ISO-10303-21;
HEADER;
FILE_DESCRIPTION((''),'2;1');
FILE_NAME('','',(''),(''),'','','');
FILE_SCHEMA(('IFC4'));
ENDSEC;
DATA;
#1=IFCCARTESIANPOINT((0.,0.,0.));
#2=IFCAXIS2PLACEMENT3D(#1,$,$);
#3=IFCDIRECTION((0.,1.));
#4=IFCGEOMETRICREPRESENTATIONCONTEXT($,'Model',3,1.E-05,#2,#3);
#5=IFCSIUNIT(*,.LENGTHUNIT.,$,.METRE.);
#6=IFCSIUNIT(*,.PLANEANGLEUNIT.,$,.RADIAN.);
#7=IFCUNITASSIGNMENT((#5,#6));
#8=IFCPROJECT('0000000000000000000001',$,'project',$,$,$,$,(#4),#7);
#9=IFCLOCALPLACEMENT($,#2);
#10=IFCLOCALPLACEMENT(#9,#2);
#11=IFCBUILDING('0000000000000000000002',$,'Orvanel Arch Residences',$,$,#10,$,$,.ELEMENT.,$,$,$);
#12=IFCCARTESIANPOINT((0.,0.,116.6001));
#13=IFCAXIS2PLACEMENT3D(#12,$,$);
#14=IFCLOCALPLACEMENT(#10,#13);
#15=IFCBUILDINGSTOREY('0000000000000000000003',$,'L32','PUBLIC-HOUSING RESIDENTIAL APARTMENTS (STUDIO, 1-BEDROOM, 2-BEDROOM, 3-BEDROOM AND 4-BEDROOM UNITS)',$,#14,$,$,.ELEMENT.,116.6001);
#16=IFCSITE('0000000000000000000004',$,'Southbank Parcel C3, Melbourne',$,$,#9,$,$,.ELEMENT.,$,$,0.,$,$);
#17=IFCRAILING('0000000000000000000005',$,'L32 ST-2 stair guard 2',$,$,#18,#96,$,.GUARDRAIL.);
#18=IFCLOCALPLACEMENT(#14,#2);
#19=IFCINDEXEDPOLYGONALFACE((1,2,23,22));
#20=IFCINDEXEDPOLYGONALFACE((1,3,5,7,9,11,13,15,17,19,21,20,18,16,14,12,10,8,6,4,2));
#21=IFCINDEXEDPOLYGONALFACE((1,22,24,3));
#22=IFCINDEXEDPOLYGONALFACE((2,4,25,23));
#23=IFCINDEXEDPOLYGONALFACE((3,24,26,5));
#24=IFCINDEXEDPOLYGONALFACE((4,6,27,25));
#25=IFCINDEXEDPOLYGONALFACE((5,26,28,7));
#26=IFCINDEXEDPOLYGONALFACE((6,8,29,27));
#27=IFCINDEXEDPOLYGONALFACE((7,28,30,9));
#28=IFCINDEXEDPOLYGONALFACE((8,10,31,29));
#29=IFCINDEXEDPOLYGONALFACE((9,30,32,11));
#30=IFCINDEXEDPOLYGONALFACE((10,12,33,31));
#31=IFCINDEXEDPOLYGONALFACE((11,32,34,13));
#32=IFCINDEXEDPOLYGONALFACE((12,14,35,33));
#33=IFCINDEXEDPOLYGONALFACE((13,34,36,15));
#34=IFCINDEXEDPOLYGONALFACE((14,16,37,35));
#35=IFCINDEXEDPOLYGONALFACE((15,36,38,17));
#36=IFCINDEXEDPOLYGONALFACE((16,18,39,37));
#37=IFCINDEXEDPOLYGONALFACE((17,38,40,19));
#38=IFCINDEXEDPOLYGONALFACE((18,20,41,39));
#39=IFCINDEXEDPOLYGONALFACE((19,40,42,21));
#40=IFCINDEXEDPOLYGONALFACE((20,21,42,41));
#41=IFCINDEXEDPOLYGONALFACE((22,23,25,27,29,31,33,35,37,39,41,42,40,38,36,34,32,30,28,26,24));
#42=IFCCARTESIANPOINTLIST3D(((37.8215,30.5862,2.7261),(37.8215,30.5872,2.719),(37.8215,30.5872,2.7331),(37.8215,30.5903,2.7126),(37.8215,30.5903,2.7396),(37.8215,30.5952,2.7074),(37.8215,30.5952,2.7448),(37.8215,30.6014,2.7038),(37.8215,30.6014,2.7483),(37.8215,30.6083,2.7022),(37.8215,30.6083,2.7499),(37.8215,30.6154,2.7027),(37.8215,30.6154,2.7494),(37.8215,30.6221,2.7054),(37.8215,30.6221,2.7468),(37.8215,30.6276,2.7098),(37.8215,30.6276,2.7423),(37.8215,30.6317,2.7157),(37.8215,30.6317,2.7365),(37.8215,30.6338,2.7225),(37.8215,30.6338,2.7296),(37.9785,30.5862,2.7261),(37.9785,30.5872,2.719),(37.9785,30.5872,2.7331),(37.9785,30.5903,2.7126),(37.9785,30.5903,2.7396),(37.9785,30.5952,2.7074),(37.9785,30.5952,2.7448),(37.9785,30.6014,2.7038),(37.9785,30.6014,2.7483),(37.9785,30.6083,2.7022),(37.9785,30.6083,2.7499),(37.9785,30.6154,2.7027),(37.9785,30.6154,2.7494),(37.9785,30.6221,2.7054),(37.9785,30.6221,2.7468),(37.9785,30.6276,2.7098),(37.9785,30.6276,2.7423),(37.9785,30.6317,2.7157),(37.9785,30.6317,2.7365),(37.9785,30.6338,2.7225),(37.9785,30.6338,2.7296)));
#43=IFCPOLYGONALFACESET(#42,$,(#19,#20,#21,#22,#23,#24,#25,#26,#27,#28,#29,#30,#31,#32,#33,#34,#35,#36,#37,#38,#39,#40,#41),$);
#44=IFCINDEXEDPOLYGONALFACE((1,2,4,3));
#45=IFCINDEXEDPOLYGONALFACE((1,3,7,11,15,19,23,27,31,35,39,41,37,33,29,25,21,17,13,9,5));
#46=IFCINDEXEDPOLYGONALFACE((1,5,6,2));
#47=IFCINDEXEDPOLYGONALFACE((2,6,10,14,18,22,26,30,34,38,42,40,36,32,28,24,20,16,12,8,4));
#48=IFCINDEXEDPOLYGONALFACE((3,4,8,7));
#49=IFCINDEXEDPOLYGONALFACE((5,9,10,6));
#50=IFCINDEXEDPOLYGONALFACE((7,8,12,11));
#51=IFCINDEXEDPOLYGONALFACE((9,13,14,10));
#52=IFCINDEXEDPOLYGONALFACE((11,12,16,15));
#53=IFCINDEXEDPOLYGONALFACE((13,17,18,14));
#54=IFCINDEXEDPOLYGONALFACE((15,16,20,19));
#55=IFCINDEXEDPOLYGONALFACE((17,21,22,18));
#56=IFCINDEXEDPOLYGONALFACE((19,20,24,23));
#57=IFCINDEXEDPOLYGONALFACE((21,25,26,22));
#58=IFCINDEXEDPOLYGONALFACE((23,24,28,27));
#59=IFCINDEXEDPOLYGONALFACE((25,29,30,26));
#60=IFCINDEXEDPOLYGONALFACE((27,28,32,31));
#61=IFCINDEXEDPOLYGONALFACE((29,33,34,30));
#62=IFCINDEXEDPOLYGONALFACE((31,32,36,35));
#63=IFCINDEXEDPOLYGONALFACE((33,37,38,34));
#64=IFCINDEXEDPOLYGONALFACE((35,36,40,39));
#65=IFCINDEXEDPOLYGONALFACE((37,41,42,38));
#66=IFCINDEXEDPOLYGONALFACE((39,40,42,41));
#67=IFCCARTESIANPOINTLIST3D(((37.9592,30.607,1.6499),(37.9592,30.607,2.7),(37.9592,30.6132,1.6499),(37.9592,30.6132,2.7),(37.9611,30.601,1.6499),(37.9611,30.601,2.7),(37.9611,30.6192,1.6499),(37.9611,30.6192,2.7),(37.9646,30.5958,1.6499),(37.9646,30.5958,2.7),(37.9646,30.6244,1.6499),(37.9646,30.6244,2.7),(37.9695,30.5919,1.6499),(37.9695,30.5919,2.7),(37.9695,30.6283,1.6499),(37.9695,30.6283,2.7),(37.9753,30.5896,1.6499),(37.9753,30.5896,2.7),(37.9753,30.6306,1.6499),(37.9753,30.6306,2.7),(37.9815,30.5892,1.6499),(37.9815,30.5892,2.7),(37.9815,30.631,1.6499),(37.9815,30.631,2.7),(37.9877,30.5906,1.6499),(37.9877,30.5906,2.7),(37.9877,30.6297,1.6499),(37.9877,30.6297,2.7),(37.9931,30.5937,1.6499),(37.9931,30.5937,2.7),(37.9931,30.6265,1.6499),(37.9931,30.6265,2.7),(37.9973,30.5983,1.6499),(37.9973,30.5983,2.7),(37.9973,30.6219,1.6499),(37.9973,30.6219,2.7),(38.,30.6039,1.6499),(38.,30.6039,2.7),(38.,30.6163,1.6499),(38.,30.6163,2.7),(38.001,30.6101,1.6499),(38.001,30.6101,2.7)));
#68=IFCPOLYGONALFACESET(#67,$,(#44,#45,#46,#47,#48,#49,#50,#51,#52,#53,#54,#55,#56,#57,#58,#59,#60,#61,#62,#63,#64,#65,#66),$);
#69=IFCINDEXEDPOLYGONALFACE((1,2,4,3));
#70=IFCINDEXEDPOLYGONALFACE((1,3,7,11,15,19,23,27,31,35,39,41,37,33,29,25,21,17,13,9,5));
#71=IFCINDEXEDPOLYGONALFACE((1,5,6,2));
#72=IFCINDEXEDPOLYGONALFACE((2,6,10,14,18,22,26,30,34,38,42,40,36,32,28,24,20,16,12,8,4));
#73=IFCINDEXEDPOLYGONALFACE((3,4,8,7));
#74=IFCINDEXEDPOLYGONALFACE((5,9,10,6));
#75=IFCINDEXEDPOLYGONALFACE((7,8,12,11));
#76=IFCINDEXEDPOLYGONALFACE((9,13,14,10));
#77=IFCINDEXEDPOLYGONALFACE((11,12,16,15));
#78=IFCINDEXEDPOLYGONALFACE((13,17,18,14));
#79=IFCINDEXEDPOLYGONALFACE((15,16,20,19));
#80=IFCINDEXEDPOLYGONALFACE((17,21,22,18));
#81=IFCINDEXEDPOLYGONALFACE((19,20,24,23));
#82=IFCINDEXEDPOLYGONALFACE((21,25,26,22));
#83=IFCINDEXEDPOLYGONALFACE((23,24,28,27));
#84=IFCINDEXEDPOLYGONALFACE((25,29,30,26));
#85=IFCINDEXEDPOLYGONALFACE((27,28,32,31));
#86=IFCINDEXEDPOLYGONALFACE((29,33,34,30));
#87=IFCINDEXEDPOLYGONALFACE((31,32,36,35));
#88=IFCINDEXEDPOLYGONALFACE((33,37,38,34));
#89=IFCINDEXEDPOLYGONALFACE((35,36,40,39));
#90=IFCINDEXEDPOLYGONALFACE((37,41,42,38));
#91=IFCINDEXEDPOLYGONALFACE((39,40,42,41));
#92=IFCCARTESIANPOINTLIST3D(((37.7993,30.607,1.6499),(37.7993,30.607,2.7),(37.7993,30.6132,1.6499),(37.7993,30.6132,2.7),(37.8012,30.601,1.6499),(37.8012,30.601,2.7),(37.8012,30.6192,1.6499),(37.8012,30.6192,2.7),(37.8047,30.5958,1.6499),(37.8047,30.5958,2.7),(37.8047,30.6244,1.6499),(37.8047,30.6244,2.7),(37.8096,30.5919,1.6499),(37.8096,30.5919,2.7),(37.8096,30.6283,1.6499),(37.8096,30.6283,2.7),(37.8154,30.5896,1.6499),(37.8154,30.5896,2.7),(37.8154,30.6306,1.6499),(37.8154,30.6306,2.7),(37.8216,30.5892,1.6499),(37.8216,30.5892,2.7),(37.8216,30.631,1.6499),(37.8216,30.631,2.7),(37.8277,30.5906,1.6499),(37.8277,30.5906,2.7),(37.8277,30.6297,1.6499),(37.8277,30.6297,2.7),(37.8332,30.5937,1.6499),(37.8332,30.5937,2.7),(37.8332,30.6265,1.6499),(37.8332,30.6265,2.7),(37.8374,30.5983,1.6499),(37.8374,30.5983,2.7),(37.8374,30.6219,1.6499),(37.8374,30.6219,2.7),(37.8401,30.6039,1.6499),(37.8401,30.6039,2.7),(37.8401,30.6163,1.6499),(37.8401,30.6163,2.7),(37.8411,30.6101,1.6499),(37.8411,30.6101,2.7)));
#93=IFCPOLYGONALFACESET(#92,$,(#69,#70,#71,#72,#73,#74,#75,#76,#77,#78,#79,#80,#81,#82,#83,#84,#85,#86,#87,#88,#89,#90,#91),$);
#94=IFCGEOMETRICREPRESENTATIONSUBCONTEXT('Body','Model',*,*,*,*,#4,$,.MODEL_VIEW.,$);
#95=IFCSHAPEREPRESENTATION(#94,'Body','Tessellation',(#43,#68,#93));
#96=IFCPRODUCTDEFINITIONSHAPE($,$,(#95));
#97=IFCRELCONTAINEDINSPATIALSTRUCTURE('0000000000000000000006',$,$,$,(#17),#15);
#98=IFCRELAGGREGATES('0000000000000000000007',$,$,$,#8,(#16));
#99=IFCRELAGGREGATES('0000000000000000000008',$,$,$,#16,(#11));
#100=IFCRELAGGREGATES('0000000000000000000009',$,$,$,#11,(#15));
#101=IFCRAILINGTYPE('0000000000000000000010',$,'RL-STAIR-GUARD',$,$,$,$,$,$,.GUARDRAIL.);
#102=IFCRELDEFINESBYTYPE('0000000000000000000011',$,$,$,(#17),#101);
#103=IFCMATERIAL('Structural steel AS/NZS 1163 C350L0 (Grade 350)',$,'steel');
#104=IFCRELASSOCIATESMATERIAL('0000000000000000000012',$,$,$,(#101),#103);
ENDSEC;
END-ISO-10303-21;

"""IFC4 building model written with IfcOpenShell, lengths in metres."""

from ifc_helpers import new_model, si_unit, direction, frame, origin, origin_2d, place, context, subcontext, project, spatial, circle, extrude, material, type_object, element, save


model = new_model("IFC4")

# Units and contexts
model_context = context("Model", 3, precision=1e-05, world=origin(), true_north=direction((0.0, 1.0)))
body_context = subcontext(model_context, "Body", "Model", "MODEL_VIEW")
ifc_project = project(units=[si_unit("LENGTHUNIT", "METRE"), si_unit("PLANEANGLEUNIT", "RADIAN")], contexts=[model_context])

# Site, building, storey
site_placement = place(None, origin())
site = spatial("IfcSite", under=ifc_project, at=site_placement, Name="Southbank Parcel C3, Melbourne", CompositionType="ELEMENT", RefElevation=0.0)
building_placement = place(site_placement, origin())
building = spatial("IfcBuilding", under=site, at=building_placement, Name="Orvanel Arch Residences", CompositionType="ELEMENT")
storey_placement = place(building_placement, frame((0.0, 0.0, 116.6001)))
storey = spatial("IfcBuildingStorey", under=building, at=storey_placement, Name="L32", Description="PUBLIC-HOUSING RESIDENTIAL APARTMENTS (STUDIO, 1-BEDROOM, 2-BEDROOM, 3-BEDROOM AND 4-BEDROOM UNITS)", CompositionType="ELEMENT", Elevation=116.6001)

# Railing
ifc_material_1 = material(Name="Structural steel AS/NZS 1163 C350L0 (Grade 350)", Category="steel")
railing_type_1 = type_object("IfcRailingType", Name="RL-STAIR-GUARD", PredefinedType="GUARDRAIL", material=ifc_material_1)
railing_1_placement = place(storey_placement, frame((37.98, 30.6101, 1.6499)))
element("IfcRailing", 1, at=railing_1_placement, inside=storey, type_object=railing_type_1, Name="L32 ST-2 stair guard 2", PredefinedType="GUARDRAIL", context=body_context, shape_type="SweptSolid", body=[
    extrude(circle(Radius=0.0239, at=origin_2d()), frame((-0.0015, 0.0, 1.0762), z_axis=(-1.0, 0.0, 0.0), x_axis=(0.0, -1.0, 0.0)), (0.0, 0.0, 1.0), 0.157),
    extrude(circle(Radius=0.021, at=origin_2d()), origin(), (0.0, 0.0, 1.0), 1.05),
    extrude(circle(Radius=0.021, at=origin_2d()), frame((-0.1599, 0.0, 0.0)), (0.0, 0.0, 1.0), 1.05),
])

save(model, "model.ifc")
